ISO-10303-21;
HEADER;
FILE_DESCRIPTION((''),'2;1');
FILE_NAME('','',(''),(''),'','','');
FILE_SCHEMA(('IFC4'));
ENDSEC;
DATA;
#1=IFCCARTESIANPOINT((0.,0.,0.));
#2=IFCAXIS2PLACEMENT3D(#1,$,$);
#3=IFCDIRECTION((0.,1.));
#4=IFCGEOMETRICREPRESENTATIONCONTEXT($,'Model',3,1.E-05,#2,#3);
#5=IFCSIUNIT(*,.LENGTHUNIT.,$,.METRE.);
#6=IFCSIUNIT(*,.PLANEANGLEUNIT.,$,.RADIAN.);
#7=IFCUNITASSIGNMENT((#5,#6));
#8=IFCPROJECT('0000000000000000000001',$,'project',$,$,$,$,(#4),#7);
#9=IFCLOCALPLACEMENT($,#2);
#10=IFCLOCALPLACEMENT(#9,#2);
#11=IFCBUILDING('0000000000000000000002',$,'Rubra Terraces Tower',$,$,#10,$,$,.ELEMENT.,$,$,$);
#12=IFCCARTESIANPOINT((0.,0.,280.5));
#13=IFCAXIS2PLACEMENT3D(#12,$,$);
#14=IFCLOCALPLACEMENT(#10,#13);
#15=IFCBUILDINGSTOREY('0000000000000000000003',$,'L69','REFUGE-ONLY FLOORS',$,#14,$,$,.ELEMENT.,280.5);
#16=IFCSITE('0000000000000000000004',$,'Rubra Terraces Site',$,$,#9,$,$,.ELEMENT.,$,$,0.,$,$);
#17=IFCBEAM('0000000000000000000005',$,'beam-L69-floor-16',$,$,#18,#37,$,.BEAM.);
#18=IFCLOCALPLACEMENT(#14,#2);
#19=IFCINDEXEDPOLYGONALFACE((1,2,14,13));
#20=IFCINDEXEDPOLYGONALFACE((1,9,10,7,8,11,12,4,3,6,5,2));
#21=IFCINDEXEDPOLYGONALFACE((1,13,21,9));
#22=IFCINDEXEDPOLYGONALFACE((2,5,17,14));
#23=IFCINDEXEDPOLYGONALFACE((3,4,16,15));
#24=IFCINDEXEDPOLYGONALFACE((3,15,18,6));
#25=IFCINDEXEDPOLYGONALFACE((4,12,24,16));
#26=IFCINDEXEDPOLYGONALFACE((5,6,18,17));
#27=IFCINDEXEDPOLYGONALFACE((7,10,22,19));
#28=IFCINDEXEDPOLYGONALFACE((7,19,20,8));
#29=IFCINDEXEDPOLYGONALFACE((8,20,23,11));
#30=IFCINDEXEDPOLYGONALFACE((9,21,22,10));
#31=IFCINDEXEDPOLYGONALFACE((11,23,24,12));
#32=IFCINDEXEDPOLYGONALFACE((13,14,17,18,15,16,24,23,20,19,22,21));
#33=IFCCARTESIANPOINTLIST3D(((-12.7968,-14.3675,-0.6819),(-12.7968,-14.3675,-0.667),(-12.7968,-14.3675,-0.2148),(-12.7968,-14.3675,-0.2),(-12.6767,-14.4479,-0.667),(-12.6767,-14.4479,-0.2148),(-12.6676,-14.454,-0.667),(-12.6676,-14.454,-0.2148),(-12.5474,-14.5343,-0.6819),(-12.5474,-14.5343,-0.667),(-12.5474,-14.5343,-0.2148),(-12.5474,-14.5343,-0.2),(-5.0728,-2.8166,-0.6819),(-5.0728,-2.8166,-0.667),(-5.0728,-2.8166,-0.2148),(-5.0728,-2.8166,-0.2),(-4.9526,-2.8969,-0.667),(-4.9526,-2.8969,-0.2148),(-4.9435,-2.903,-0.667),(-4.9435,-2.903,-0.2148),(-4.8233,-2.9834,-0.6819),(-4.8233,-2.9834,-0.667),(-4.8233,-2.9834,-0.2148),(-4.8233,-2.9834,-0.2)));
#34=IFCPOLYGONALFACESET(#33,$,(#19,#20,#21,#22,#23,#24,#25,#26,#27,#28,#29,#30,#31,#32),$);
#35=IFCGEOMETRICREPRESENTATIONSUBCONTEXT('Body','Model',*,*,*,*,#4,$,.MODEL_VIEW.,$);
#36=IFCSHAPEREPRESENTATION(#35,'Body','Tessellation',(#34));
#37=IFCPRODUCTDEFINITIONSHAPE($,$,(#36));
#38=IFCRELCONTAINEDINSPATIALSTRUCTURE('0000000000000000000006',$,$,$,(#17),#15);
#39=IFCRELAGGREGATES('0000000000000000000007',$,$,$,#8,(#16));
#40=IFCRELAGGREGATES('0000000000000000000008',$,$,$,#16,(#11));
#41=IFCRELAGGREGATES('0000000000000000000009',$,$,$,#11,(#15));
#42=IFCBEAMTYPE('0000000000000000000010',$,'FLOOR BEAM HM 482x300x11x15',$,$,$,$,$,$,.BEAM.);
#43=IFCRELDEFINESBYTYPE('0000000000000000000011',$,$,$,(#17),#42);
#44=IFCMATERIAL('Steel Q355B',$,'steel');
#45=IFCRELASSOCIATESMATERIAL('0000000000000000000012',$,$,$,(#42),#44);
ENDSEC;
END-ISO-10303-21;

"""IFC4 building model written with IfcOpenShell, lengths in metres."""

from ifc_helpers import new_model, si_unit, direction, frame, origin, origin_2d, place, context, subcontext, project, spatial, i_section, extrude, material, material_profile, profile_set, type_object, element, save


model = new_model("IFC4")

# Units and contexts
model_context = context("Model", 3, precision=1e-05, world=origin(), true_north=direction((0.0, 1.0)))
body_context = subcontext(model_context, "Body", "Model", "MODEL_VIEW")
ifc_project = project(units=[si_unit("LENGTHUNIT", "METRE"), si_unit("PLANEANGLEUNIT", "RADIAN")], contexts=[model_context])

# Site, building, storey
site_placement = place(None, origin())
site = spatial("IfcSite", under=ifc_project, at=site_placement, Name="Rubra Terraces Site", CompositionType="ELEMENT", RefElevation=0.0)
building_placement = place(site_placement, origin())
building = spatial("IfcBuilding", under=site, at=building_placement, Name="Rubra Terraces Tower", CompositionType="ELEMENT")
storey_placement = place(building_placement, frame((0.0, 0.0, 280.5)))
storey = spatial("IfcBuildingStorey", under=building, at=storey_placement, Name="L69", Description="REFUGE-ONLY FLOORS", CompositionType="ELEMENT", Elevation=280.5)

# Beam
ifc_material_1 = material(Name="Steel Q355B", Category="steel")
ifc_material_profile = material_profile(ifc_material_1, i_section(OverallWidth=0.3, OverallDepth=0.4819, WebThickness=0.011, FlangeThickness=0.0149, at=origin_2d()), Name="HM 482x300x11x15")
ifc_profile_set = profile_set([ifc_material_profile], Name="Steel Q355B")
beam_type = type_object("IfcBeamType", Name="FLOOR BEAM HM 482x300x11x15", PredefinedType="BEAM", material=ifc_profile_set)
beam_placement = place(storey_placement, frame((-12.6721, -14.4509, -0.4409), z_axis=(0.555867, 0.831271, 0.0), x_axis=(-0.831271, 0.555867, 0.0)))
element("IfcBeam", 1, at=beam_placement, inside=storey, type_object=beam_type, Name="beam-L69-floor-16", PredefinedType="BEAM", context=body_context, shape_type="SweptSolid", body=[
    extrude(i_section(OverallWidth=0.3, OverallDepth=0.4819, WebThickness=0.011, FlangeThickness=0.0149, at=origin_2d()), origin(), (0.0, 0.0, 1.0), 13.8955),
])

save(model, "model.ifc")
